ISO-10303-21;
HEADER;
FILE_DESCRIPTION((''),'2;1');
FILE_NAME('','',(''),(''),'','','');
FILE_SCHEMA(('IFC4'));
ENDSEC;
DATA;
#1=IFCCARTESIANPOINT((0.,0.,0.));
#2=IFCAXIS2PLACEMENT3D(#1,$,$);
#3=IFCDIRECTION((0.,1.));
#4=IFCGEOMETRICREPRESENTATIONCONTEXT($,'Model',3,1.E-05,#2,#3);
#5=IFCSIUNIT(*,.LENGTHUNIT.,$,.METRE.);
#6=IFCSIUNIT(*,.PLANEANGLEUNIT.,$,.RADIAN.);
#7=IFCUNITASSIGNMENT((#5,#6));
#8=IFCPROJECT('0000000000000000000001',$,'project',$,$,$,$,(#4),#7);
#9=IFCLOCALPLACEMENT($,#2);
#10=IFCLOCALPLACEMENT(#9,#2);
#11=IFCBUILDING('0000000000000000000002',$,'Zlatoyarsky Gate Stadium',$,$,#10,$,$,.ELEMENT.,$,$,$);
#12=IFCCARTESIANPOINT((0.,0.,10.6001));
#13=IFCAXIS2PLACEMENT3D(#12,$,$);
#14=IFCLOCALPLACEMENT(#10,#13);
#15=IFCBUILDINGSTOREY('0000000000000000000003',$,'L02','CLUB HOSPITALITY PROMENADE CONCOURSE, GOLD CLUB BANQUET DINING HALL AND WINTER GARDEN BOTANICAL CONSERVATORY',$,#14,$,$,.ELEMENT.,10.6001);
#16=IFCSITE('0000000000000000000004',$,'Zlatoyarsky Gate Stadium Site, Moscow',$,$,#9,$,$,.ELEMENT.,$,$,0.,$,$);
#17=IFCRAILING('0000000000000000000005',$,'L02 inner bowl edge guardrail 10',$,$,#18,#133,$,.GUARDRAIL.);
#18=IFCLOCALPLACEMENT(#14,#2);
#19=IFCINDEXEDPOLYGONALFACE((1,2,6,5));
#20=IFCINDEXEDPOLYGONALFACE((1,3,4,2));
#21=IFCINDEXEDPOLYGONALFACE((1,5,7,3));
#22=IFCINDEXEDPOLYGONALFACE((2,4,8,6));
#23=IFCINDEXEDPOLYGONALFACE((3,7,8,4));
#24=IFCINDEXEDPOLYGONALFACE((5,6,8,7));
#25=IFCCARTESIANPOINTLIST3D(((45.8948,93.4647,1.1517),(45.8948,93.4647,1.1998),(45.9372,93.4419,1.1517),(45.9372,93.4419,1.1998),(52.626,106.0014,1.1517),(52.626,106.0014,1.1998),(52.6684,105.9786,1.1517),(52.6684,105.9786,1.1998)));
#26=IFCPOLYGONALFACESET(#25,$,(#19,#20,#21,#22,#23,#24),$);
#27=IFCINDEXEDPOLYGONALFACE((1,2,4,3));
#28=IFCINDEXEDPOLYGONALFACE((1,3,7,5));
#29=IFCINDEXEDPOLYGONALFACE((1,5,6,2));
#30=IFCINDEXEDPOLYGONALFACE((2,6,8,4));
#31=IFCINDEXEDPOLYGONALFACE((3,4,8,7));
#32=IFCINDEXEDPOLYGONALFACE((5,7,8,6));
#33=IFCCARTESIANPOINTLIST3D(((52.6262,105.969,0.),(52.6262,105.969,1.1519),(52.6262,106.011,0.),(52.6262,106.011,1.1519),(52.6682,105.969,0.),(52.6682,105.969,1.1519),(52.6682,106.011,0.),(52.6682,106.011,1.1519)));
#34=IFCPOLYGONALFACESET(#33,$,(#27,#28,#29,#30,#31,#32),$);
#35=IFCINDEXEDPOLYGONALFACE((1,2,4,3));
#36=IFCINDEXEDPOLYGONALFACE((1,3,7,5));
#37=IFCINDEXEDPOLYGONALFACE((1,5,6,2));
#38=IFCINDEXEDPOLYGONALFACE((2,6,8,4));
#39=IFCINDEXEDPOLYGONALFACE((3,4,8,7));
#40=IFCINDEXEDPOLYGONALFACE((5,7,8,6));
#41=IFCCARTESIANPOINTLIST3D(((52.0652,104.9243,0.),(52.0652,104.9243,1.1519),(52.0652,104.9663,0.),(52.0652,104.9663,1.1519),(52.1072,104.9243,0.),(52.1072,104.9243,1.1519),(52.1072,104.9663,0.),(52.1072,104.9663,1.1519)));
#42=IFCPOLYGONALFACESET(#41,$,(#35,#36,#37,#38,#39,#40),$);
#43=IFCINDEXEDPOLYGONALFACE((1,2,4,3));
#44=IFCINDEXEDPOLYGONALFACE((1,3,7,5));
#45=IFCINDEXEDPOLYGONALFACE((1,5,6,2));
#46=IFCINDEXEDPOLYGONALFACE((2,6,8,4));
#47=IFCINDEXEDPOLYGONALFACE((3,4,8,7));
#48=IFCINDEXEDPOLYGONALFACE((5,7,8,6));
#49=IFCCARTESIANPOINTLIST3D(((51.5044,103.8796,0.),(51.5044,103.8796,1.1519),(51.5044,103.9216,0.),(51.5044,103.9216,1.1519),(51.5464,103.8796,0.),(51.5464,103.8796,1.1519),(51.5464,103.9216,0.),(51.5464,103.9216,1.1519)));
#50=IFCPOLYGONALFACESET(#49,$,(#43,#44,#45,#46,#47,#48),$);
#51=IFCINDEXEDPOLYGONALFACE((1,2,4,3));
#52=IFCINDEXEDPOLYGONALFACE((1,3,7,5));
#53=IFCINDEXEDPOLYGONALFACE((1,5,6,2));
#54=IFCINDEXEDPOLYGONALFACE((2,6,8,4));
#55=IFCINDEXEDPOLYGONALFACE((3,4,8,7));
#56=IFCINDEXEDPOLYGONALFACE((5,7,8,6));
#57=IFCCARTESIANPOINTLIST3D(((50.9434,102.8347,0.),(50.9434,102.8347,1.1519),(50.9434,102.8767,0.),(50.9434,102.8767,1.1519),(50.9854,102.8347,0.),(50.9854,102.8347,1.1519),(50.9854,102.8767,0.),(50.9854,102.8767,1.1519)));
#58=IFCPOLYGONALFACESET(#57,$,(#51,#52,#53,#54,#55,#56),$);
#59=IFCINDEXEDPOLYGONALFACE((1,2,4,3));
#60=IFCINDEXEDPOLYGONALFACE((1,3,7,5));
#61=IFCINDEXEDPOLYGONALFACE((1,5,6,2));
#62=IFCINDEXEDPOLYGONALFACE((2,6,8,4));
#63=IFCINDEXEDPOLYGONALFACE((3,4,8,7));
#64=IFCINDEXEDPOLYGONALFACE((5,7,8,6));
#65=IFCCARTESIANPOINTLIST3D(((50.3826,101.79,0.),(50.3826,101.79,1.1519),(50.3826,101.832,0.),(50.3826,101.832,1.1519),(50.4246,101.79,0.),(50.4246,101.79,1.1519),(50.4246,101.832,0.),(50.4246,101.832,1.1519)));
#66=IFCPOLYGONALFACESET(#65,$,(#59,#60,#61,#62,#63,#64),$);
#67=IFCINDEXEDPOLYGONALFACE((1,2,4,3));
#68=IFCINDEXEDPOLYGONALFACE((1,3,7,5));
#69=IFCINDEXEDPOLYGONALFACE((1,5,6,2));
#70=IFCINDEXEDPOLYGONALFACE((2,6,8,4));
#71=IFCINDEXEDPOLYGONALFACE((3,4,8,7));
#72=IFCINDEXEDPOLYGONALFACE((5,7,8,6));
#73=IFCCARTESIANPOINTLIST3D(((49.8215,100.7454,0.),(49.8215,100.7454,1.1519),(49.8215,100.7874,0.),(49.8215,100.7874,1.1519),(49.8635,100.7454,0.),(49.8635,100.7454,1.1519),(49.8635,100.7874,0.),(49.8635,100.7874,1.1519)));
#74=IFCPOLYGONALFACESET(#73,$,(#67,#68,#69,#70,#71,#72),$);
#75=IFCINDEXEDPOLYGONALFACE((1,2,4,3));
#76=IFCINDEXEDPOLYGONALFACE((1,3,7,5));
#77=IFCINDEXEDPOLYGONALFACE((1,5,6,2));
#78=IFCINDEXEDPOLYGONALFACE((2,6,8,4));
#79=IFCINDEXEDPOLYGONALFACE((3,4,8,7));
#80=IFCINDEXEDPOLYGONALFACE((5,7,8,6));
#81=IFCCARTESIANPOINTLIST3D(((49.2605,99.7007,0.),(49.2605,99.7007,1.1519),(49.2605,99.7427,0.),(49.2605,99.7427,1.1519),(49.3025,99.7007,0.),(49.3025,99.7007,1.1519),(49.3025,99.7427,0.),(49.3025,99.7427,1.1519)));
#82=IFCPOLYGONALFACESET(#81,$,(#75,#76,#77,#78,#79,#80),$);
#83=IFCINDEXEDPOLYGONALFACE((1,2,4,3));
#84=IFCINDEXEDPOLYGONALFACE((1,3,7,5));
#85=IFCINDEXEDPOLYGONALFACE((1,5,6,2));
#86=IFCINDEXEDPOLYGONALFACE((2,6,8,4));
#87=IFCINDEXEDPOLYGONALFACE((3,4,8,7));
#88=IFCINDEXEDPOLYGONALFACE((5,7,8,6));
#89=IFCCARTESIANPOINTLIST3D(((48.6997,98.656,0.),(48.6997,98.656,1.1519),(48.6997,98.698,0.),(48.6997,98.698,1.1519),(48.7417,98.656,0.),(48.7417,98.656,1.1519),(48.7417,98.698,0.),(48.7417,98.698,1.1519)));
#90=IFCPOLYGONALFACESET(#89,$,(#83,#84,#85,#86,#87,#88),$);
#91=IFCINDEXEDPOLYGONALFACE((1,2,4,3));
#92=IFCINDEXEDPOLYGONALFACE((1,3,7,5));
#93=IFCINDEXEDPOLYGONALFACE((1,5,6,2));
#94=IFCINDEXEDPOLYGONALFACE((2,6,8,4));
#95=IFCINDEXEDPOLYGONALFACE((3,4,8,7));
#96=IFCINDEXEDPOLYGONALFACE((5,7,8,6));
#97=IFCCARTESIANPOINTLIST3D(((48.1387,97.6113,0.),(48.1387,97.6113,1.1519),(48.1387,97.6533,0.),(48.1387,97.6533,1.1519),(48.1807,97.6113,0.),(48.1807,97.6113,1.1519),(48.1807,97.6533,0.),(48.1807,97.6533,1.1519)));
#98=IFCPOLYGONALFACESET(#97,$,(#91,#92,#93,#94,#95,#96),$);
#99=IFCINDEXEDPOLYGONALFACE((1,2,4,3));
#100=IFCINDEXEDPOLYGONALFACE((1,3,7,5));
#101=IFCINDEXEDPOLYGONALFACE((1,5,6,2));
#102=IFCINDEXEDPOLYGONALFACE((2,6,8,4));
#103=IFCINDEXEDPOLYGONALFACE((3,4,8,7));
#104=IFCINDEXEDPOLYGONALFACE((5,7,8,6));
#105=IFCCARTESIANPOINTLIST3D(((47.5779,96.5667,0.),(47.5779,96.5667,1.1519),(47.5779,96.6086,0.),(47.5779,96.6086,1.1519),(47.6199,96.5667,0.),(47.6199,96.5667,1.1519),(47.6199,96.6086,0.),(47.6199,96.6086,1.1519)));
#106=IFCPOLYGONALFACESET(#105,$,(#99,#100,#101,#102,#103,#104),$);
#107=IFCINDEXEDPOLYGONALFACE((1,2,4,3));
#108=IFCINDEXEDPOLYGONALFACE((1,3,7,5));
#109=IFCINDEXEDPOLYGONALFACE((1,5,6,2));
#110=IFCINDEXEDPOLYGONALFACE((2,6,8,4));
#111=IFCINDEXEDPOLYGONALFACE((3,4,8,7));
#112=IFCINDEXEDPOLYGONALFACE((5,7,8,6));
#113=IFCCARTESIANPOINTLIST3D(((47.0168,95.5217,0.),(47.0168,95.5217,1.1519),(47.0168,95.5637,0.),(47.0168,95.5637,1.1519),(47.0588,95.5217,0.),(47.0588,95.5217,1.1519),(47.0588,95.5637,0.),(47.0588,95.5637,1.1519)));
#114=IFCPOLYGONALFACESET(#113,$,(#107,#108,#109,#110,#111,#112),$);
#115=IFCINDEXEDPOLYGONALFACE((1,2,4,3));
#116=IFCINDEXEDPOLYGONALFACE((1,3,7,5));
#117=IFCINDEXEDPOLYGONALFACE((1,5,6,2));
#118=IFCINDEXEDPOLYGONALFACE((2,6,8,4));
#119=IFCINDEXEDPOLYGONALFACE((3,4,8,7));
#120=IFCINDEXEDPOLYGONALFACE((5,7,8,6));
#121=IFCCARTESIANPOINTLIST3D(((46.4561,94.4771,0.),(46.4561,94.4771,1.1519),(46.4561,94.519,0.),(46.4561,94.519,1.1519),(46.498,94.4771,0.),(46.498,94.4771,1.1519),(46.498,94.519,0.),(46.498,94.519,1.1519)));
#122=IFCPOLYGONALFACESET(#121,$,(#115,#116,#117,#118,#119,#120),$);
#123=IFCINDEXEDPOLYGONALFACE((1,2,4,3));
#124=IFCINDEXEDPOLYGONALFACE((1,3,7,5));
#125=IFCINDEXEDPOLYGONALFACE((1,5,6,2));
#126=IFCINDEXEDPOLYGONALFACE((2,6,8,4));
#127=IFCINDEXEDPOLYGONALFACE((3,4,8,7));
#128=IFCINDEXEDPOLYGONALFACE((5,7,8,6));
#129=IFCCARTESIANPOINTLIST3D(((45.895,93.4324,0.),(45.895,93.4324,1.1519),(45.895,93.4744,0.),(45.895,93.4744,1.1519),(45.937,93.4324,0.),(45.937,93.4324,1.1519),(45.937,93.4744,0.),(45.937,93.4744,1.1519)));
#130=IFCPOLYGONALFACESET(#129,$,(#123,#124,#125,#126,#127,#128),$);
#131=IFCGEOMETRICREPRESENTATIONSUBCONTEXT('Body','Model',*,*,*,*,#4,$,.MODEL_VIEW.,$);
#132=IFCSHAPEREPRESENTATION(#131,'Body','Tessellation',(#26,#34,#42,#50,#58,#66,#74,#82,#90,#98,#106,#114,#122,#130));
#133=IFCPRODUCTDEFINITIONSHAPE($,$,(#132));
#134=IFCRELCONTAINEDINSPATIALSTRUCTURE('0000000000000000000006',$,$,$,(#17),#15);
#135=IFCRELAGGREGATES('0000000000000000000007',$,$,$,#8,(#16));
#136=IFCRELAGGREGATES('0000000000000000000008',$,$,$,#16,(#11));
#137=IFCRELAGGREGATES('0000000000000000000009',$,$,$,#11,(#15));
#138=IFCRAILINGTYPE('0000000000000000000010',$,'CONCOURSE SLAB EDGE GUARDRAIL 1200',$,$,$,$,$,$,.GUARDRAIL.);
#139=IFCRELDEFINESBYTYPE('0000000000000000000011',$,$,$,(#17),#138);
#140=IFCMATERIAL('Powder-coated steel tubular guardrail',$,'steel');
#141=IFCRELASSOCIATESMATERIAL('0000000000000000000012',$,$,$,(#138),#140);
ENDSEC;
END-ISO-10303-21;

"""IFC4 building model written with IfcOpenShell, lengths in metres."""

from ifc_helpers import new_model, si_unit, direction, frame, origin, origin_2d, place, context, subcontext, project, spatial, rectangle, extrude, material, type_object, element, save


model = new_model("IFC4")

# Units and contexts
model_context = context("Model", 3, precision=1e-05, world=origin(), true_north=direction((0.0, 1.0)))
body_context = subcontext(model_context, "Body", "Model", "MODEL_VIEW")
ifc_project = project(units=[si_unit("LENGTHUNIT", "METRE"), si_unit("PLANEANGLEUNIT", "RADIAN")], contexts=[model_context])

# Site, building, storey
site_placement = place(None, origin())
site = spatial("IfcSite", under=ifc_project, at=site_placement, Name="Zlatoyarsky Gate Stadium Site, Moscow", CompositionType="ELEMENT", RefElevation=0.0)
building_placement = place(site_placement, origin())
building = spatial("IfcBuilding", under=site, at=building_placement, Name="Zlatoyarsky Gate Stadium", CompositionType="ELEMENT")
storey_placement = place(building_placement, frame((0.0, 0.0, 10.6001)))
storey = spatial("IfcBuildingStorey", under=building, at=storey_placement, Name="L02", Description="CLUB HOSPITALITY PROMENADE CONCOURSE, GOLD CLUB BANQUET DINING HALL AND WINTER GARDEN BOTANICAL CONSERVATORY", CompositionType="ELEMENT", Elevation=10.6001)

# Railing
ifc_material_1 = material(Name="Powder-coated steel tubular guardrail", Category="steel")
railing_type = type_object("IfcRailingType", Name="CONCOURSE SLAB EDGE GUARDRAIL 1200", PredefinedType="GUARDRAIL", material=ifc_material_1)
railing_1_placement = place(storey_placement, frame((52.6472, 105.99, 0.0)))
element("IfcRailing", 1, at=railing_1_placement, inside=storey, type_object=railing_type, Name="L02 inner bowl edge guardrail 10", PredefinedType="GUARDRAIL", context=body_context, shape_type="SweptSolid", body=[
    extrude(rectangle(XDim=0.0481, YDim=0.0481, at=origin_2d()), frame((0.0, 0.0, 1.1758), z_axis=(-0.473049, -0.881036, 0.0), x_axis=(0.881036, -0.473049, 0.0)), (0.0, 0.0, 1.0), 14.2295),
    extrude(rectangle(XDim=0.042, YDim=0.042, at=origin_2d()), origin(), (0.0, 0.0, 1.0), 1.1519),
    extrude(rectangle(XDim=0.042, YDim=0.042, at=origin_2d()), frame((-0.561, -1.0447, 0.0)), (0.0, 0.0, 1.0), 1.1519),
    extrude(rectangle(XDim=0.042, YDim=0.042, at=origin_2d()), frame((-1.1218, -2.0894, 0.0)), (0.0, 0.0, 1.0), 1.1519),
    extrude(rectangle(XDim=0.042, YDim=0.042, at=origin_2d()), frame((-1.6829, -3.1343, 0.0)), (0.0, 0.0, 1.0), 1.1519),
    extrude(rectangle(XDim=0.042, YDim=0.042, at=origin_2d()), frame((-2.2437, -4.179, 0.0)), (0.0, 0.0, 1.0), 1.1519),
    extrude(rectangle(XDim=0.042, YDim=0.042, at=origin_2d()), frame((-2.8047, -5.2236, 0.0)), (0.0, 0.0, 1.0), 1.1519),
    extrude(rectangle(XDim=0.042, YDim=0.042, at=origin_2d()), frame((-3.3657, -6.2683, 0.0)), (0.0, 0.0, 1.0), 1.1519),
    extrude(rectangle(XDim=0.042, YDim=0.042, at=origin_2d()), frame((-3.9265, -7.313, 0.0)), (0.0, 0.0, 1.0), 1.1519),
    extrude(rectangle(XDim=0.042, YDim=0.042, at=origin_2d()), frame((-4.4875, -8.3577, 0.0)), (0.0, 0.0, 1.0), 1.1519),
    extrude(rectangle(XDim=0.042, YDim=0.042, at=origin_2d()), frame((-5.0483, -9.4023, 0.0)), (0.0, 0.0, 1.0), 1.1519),
    extrude(rectangle(XDim=0.042, YDim=0.042, at=origin_2d()), frame((-5.6094, -10.4473, 0.0)), (0.0, 0.0, 1.0), 1.1519),
    extrude(rectangle(XDim=0.042, YDim=0.042, at=origin_2d()), frame((-6.1702, -11.4919, 0.0)), (0.0, 0.0, 1.0), 1.1519),
    extrude(rectangle(XDim=0.042, YDim=0.042, at=origin_2d()), frame((-6.7312, -12.5366, 0.0)), (0.0, 0.0, 1.0), 1.1519),
])

save(model, "model.ifc")
